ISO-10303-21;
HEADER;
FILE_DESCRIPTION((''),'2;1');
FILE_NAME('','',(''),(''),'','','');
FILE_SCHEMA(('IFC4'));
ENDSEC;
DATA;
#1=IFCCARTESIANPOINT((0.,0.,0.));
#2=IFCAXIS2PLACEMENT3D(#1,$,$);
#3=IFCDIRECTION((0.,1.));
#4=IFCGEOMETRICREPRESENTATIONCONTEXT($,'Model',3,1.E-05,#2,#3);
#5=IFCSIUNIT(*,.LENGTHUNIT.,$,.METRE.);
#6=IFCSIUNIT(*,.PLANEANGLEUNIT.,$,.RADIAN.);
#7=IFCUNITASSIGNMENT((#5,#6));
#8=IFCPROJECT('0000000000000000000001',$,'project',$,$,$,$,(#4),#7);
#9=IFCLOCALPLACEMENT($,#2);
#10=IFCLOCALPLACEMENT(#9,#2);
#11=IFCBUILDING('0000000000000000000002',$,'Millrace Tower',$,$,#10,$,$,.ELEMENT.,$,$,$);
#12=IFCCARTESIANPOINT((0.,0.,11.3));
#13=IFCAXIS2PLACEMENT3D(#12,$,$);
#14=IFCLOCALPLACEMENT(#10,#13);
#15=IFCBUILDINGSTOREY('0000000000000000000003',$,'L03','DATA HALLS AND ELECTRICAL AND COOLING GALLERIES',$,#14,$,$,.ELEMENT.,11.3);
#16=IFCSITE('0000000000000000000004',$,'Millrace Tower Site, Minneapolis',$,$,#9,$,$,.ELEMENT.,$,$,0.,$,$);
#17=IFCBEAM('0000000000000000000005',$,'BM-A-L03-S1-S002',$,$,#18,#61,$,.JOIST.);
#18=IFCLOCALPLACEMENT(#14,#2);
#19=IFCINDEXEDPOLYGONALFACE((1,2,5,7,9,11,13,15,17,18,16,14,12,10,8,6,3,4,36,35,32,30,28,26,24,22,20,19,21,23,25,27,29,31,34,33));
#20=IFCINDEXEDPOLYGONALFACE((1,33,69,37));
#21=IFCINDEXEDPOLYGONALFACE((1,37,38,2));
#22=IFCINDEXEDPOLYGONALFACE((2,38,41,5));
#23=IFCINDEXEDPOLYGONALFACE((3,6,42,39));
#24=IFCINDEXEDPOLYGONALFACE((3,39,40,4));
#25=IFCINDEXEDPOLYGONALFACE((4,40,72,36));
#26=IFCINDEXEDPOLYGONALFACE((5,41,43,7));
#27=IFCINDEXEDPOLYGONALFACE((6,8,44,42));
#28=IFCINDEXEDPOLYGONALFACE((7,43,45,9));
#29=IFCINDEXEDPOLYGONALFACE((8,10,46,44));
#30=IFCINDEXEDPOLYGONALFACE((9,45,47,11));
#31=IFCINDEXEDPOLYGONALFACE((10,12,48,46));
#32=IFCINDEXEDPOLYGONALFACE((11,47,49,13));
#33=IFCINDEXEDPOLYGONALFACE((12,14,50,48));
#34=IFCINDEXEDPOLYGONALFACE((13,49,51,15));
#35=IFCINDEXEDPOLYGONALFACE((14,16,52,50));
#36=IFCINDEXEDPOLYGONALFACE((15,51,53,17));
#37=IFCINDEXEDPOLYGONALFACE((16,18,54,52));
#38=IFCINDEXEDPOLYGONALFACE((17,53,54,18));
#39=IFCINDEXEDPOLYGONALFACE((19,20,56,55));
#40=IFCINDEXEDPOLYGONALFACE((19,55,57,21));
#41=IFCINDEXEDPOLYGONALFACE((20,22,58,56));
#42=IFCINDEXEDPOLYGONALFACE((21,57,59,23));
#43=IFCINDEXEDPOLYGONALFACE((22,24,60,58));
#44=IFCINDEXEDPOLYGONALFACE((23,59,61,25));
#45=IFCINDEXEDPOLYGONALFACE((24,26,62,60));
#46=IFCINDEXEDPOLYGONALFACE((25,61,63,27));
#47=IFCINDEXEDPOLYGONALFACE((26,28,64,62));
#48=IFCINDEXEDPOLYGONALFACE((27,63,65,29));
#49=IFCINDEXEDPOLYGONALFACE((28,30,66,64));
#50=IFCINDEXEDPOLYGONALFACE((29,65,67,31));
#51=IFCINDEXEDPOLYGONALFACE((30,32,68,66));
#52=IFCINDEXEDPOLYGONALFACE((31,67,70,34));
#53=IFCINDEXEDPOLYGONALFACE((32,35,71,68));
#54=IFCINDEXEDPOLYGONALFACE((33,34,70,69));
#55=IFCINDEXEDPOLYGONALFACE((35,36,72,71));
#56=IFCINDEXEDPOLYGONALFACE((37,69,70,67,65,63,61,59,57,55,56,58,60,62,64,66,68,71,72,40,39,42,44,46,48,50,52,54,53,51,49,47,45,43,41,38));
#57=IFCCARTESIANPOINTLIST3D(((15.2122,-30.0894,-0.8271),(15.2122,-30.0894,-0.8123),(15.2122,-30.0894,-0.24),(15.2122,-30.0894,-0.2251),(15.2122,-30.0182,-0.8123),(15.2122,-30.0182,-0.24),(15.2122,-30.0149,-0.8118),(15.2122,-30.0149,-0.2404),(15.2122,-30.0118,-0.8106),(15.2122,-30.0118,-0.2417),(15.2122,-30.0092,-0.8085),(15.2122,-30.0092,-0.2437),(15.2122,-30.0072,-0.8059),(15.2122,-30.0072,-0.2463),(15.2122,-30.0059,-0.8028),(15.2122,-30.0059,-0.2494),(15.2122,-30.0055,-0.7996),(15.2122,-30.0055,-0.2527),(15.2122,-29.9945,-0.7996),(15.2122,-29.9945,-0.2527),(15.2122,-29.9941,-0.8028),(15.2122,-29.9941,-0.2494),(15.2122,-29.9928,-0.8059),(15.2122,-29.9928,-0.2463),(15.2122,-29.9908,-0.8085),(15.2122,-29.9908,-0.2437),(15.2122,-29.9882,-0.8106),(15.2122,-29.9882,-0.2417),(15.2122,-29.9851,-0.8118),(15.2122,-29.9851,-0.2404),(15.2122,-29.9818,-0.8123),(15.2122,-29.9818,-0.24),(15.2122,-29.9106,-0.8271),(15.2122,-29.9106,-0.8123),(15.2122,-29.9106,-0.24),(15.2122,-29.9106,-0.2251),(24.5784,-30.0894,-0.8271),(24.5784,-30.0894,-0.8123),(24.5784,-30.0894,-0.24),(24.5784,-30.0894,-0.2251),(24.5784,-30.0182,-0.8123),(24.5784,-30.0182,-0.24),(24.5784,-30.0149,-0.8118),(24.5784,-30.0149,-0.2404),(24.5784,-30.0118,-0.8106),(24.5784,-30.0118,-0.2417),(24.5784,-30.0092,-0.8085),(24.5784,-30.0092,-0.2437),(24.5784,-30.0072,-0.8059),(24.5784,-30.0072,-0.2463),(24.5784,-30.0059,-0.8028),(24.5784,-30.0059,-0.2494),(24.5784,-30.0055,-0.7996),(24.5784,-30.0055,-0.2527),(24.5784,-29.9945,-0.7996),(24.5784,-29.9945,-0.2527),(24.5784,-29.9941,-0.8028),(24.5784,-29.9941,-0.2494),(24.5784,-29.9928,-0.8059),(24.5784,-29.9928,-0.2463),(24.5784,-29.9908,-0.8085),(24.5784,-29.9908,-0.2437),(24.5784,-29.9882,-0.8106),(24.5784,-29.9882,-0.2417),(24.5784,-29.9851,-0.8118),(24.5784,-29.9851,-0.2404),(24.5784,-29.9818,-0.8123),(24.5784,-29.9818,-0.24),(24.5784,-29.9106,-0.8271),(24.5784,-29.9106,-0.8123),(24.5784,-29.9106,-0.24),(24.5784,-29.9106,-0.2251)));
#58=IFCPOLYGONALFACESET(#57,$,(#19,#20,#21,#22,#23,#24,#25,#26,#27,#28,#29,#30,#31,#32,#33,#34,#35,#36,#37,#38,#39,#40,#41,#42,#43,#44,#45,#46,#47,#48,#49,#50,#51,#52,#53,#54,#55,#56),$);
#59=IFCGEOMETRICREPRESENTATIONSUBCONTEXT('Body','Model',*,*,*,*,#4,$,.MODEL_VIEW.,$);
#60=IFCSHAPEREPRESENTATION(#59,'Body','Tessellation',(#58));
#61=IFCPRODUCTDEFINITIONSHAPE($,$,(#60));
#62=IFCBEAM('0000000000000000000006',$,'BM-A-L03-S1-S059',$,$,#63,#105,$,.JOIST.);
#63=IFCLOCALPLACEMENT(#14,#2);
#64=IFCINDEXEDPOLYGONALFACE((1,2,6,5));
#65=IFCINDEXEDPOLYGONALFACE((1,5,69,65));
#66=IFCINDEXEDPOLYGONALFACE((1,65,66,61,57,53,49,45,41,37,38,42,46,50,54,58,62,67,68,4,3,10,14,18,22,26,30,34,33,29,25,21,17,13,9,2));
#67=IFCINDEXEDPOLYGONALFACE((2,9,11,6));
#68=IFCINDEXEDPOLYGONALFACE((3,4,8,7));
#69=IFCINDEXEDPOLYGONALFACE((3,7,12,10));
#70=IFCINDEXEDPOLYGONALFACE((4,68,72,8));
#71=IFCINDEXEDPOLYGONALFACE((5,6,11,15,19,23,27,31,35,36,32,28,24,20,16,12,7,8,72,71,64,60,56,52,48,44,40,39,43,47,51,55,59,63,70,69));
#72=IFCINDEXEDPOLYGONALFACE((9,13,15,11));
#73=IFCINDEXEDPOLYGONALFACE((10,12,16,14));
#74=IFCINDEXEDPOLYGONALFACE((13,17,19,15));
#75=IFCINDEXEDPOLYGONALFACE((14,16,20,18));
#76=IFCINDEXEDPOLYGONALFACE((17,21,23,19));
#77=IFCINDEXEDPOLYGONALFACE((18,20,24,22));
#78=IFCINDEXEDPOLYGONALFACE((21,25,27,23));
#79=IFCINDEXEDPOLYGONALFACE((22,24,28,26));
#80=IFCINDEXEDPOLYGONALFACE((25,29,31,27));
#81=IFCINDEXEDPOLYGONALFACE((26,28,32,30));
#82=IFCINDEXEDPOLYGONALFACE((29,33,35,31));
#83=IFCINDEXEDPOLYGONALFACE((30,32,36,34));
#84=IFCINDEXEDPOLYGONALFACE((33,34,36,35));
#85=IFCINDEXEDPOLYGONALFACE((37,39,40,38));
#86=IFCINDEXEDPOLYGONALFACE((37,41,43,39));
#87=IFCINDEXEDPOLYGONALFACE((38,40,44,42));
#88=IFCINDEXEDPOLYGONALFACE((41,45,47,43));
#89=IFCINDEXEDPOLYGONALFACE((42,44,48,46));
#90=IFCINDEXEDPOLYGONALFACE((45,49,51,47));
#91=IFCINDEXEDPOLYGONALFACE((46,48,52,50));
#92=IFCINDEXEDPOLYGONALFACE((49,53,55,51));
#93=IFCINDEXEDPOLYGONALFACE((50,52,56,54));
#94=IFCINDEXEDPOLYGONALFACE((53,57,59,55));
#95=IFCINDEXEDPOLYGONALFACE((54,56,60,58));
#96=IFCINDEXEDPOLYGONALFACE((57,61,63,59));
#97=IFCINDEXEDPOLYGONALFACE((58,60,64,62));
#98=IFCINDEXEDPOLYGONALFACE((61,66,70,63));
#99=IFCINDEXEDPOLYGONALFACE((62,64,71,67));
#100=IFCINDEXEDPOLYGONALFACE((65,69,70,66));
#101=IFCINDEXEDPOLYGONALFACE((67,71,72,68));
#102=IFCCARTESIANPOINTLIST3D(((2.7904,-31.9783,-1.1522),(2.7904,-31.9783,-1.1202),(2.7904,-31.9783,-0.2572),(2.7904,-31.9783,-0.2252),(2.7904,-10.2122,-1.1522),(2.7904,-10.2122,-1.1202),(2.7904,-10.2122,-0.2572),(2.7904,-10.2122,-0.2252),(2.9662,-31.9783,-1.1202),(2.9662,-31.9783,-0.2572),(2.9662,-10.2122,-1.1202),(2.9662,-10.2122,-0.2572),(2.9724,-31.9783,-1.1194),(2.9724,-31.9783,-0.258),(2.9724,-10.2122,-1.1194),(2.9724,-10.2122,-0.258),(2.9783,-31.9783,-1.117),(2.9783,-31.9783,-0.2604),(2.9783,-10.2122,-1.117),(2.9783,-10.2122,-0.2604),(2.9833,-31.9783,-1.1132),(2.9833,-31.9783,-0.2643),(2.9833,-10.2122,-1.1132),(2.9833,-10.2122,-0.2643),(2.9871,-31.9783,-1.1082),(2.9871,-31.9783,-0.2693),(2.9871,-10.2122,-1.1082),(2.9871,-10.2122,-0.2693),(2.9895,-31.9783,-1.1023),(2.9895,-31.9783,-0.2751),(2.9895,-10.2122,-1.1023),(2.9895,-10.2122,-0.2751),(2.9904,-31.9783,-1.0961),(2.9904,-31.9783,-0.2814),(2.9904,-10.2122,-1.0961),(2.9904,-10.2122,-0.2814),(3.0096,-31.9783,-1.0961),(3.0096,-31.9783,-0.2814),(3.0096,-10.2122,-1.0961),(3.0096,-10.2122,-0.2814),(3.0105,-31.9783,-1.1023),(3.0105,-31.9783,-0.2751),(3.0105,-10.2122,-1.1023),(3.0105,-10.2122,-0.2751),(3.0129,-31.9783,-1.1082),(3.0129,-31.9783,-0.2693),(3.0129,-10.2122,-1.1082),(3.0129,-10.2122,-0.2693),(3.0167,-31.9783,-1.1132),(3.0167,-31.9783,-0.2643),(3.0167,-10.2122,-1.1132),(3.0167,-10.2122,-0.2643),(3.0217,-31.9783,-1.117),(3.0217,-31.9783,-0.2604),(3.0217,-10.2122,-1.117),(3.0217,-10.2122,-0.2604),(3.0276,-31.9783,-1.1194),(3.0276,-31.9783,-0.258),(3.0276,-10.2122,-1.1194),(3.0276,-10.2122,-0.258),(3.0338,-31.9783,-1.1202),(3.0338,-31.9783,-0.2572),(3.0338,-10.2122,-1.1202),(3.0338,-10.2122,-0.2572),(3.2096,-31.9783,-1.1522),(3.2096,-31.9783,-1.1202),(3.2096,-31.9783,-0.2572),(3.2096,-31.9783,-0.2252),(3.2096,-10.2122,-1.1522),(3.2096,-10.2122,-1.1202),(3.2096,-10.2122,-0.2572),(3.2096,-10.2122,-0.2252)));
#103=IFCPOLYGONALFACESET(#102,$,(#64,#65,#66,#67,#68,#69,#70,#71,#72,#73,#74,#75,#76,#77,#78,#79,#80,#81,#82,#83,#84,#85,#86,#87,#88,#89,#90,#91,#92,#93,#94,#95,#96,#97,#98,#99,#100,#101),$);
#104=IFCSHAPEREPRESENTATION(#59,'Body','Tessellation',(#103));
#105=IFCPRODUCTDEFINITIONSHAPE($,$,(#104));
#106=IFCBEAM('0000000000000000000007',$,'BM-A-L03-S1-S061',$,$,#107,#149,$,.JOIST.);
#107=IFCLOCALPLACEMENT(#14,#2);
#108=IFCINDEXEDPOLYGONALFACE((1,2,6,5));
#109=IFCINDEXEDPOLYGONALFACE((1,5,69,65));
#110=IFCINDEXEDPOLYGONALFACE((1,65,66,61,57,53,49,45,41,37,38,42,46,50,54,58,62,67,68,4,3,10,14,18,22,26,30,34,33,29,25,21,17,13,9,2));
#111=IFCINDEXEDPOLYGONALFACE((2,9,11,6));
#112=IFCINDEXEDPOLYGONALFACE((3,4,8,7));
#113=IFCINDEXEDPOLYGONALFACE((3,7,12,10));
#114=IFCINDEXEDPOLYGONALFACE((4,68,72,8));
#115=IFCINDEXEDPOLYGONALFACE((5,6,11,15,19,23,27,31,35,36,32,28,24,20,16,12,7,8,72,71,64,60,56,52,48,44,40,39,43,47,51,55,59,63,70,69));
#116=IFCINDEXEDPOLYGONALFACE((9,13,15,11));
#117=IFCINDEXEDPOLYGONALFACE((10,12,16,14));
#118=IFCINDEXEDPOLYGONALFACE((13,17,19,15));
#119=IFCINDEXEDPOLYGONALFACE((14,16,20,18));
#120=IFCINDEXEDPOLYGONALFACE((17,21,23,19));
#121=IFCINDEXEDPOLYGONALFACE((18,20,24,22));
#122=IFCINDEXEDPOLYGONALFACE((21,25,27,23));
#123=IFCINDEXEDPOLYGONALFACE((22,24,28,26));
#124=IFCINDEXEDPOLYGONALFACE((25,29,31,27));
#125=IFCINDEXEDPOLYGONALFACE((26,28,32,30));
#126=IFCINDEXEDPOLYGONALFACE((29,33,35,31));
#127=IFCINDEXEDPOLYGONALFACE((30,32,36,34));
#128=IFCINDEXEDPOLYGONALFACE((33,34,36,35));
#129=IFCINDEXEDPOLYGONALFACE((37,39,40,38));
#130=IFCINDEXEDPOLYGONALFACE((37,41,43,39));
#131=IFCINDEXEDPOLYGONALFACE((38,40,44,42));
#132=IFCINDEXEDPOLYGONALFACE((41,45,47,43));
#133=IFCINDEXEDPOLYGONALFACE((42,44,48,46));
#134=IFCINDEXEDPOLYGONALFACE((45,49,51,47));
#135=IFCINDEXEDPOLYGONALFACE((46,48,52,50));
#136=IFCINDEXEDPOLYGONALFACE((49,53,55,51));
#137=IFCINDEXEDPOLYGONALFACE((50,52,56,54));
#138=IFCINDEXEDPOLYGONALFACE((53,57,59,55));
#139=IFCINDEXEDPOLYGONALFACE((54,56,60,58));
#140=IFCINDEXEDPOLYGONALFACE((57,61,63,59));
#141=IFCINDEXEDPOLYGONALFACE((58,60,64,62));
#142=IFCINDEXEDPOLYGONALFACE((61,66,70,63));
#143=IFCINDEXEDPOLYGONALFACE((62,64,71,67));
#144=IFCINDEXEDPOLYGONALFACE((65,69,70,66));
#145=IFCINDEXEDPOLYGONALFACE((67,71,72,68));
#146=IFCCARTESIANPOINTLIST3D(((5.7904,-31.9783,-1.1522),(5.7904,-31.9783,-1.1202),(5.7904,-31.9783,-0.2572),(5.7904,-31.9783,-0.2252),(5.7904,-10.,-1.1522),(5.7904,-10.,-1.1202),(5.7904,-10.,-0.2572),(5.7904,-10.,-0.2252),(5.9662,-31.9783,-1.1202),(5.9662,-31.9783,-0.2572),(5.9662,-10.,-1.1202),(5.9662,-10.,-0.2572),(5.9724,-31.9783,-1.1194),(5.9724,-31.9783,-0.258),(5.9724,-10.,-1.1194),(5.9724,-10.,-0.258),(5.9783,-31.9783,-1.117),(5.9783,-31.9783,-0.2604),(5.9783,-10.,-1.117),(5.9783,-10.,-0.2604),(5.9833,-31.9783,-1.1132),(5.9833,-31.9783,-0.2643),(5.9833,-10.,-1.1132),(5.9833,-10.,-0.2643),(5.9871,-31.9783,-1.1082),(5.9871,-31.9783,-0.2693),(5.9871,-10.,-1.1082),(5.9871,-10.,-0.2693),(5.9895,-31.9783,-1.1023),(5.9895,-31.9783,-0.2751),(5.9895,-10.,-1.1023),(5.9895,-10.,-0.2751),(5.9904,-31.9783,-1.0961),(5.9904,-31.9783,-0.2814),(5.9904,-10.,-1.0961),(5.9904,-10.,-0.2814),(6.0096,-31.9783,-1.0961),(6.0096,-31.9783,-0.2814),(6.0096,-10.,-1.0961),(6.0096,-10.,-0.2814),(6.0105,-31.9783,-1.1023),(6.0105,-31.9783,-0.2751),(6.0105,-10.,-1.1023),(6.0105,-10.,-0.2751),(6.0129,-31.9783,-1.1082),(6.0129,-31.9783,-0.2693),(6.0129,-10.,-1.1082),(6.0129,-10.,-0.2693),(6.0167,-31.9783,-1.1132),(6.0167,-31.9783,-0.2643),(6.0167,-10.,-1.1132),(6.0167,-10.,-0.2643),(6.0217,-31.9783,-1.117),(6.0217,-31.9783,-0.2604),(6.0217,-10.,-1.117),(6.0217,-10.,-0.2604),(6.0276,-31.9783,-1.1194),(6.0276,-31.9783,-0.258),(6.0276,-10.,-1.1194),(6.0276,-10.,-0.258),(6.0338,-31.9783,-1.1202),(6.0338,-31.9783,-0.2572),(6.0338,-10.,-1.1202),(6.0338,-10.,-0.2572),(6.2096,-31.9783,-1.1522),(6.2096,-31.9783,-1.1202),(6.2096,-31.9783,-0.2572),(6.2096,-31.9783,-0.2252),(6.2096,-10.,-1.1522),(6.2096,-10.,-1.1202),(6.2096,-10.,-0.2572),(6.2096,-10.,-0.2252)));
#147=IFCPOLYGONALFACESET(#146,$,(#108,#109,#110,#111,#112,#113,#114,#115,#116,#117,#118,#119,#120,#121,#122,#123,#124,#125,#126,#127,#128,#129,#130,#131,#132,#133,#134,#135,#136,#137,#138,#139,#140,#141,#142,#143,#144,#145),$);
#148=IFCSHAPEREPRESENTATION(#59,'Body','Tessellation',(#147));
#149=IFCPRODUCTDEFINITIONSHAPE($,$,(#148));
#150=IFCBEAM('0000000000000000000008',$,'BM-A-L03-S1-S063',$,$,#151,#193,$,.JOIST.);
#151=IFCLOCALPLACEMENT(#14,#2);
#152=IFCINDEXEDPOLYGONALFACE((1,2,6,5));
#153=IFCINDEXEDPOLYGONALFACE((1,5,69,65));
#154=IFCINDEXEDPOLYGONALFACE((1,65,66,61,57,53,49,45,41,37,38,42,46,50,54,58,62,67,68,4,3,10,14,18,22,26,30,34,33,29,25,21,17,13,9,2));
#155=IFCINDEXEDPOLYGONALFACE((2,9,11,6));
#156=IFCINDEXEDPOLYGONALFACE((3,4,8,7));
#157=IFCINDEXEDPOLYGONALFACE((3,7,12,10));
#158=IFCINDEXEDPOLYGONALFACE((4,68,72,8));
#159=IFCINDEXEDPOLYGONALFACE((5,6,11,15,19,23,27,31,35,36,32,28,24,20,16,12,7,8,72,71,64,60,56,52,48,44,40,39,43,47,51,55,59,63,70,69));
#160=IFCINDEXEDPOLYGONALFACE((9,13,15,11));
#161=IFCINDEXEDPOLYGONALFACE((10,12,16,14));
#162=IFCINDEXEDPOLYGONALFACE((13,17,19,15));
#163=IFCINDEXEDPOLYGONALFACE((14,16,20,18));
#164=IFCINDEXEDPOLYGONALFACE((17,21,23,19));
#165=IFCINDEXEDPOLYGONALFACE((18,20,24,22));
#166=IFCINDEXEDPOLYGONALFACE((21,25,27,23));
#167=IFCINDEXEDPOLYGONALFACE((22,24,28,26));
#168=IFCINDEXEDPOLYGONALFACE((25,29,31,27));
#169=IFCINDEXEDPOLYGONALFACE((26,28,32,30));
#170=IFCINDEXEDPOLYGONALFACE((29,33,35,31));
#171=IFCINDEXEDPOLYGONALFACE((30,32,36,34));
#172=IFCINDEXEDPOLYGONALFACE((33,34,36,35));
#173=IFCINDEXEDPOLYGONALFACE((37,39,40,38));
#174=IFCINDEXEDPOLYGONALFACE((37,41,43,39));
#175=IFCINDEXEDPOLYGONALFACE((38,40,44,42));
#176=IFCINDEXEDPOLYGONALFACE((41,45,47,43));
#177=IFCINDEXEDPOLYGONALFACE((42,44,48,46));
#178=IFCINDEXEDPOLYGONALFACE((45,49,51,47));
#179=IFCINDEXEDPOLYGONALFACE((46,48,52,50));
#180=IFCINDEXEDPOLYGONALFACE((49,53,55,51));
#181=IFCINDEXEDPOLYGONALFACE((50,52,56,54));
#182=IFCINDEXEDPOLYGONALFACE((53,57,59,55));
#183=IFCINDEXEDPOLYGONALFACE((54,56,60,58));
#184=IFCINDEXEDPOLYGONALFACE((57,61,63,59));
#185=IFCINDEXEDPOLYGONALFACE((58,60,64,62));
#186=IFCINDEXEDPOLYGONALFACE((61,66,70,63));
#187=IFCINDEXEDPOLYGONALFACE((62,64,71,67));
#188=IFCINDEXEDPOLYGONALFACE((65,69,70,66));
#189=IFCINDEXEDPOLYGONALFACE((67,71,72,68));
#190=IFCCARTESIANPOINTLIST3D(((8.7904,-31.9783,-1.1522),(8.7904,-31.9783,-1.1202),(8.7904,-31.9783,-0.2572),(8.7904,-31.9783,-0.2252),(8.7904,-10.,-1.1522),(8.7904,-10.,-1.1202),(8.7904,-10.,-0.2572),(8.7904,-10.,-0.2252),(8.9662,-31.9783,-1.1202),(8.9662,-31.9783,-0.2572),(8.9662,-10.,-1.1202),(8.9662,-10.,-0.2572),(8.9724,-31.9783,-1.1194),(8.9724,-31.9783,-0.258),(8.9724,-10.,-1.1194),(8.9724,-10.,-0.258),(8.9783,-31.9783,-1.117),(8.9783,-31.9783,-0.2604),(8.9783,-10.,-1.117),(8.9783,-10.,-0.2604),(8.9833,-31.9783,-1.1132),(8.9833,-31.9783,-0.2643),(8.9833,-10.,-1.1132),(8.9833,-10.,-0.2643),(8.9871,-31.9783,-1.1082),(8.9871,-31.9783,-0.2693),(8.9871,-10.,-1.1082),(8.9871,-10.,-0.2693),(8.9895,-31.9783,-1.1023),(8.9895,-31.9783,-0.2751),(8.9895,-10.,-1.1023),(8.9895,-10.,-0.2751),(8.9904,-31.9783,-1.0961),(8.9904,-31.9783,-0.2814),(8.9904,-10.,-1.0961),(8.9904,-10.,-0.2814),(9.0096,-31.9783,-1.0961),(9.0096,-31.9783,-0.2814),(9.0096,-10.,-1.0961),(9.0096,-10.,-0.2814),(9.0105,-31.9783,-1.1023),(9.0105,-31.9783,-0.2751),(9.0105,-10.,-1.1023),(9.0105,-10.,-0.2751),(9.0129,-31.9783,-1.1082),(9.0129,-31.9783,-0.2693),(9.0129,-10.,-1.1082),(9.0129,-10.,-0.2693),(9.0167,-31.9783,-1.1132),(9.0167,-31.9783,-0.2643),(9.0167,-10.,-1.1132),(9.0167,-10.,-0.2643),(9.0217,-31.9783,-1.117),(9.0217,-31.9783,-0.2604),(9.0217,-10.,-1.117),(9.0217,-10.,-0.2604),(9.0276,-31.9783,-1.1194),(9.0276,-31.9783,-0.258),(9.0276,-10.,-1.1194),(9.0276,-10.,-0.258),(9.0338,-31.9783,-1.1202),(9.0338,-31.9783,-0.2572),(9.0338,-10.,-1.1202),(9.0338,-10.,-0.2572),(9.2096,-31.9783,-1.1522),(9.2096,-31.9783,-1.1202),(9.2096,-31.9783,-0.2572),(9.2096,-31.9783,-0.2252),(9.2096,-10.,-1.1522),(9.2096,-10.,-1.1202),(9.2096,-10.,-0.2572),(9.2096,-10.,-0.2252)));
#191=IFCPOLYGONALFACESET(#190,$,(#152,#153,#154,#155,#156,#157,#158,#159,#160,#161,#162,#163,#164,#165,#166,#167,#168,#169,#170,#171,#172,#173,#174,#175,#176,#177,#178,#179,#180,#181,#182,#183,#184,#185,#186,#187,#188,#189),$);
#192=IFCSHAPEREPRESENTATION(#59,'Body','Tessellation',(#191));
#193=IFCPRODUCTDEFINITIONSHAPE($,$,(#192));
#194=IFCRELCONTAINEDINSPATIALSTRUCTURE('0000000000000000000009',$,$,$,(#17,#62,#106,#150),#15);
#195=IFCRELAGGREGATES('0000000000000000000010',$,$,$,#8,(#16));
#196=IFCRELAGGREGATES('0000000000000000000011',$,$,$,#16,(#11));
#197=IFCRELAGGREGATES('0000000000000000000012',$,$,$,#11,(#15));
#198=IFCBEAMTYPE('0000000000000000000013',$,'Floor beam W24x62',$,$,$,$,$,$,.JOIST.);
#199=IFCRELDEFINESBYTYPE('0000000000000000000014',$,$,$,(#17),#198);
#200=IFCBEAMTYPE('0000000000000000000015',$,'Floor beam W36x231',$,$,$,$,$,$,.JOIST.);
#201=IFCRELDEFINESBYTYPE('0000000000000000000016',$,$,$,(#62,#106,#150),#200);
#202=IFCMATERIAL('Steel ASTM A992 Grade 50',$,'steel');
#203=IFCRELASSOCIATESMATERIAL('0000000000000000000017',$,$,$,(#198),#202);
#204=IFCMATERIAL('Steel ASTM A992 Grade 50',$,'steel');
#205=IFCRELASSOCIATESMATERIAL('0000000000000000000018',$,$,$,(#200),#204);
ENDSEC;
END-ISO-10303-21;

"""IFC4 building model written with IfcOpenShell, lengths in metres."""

from ifc_helpers import new_model, si_unit, direction, frame, origin, origin_2d, place, context, subcontext, project, spatial, i_section, extrude, material, material_profile, profile_set, type_object, element, save


model = new_model("IFC4")

# Units and contexts
model_context = context("Model", 3, precision=1e-05, world=origin(), true_north=direction((0.0, 1.0)))
body_context = subcontext(model_context, "Body", "Model", "MODEL_VIEW")
ifc_project = project(units=[si_unit("LENGTHUNIT", "METRE"), si_unit("PLANEANGLEUNIT", "RADIAN")], contexts=[model_context])

# Site, building, storey
site_placement = place(None, origin())
site = spatial("IfcSite", under=ifc_project, at=site_placement, Name="Millrace Tower Site, Minneapolis", CompositionType="ELEMENT", RefElevation=0.0)
building_placement = place(site_placement, origin())
building = spatial("IfcBuilding", under=site, at=building_placement, Name="Millrace Tower", CompositionType="ELEMENT")
storey_placement = place(building_placement, frame((0.0, 0.0, 11.3)))
storey = spatial("IfcBuildingStorey", under=building, at=storey_placement, Name="L03", Description="DATA HALLS AND ELECTRICAL AND COOLING GALLERIES", CompositionType="ELEMENT", Elevation=11.3)

# Beams
ifc_material_1 = material(Name="Steel ASTM A992 Grade 50", Category="steel")
ifc_material_profile_1 = material_profile(ifc_material_1, i_section(OverallWidth=0.1787, OverallDepth=0.6021, WebThickness=0.011, FlangeThickness=0.0149, FilletRadius=0.0127, at=origin_2d()))
ifc_profile_set_1 = profile_set([ifc_material_profile_1], Name="Steel ASTM A992 Grade 50")
beam_type_1 = type_object("IfcBeamType", Name="Floor beam W24x62", PredefinedType="JOIST", material=ifc_profile_set_1)
beam_1_placement = place(storey_placement, frame((15.2122, -30.0, -0.5261), z_axis=(1.0, 0.0, 0.0), x_axis=(0.0, 1.0, 0.0)))
element("IfcBeam", 1, at=beam_1_placement, inside=storey, type_object=beam_type_1, Name="BM-A-L03-S1-S002", PredefinedType="JOIST", context=body_context, shape_type="SweptSolid", body=[
    extrude(i_section(OverallWidth=0.1787, OverallDepth=0.6021, WebThickness=0.011, FlangeThickness=0.0149, FilletRadius=0.0127, at=origin_2d()), origin(), (0.0, 0.0, 1.0), 9.3662),
])
ifc_material_2 = material(Name="Steel ASTM A992 Grade 50", Category="steel")
ifc_material_profile_2 = material_profile(ifc_material_2, i_section(OverallWidth=0.4192, OverallDepth=0.927, WebThickness=0.0193, FlangeThickness=0.032, FilletRadius=0.0242, at=origin_2d()))
ifc_profile_set_2 = profile_set([ifc_material_profile_2], Name="Steel ASTM A992 Grade 50")
beam_type_2 = type_object("IfcBeamType", Name="Floor beam W36x231", PredefinedType="JOIST", material=ifc_profile_set_2)
beam_2_placement = place(storey_placement, frame((3.0, -31.9783, -0.6887), z_axis=(0.0, 1.0, 0.0), x_axis=(-1.0, 0.0, 0.0)))
element("IfcBeam", 2, at=beam_2_placement, inside=storey, type_object=beam_type_2, Name="BM-A-L03-S1-S059", PredefinedType="JOIST", context=body_context, shape_type="SweptSolid", body=[
    extrude(i_section(OverallWidth=0.4192, OverallDepth=0.927, WebThickness=0.0193, FlangeThickness=0.032, FilletRadius=0.0242, at=origin_2d()), origin(), (0.0, 0.0, 1.0), 21.7661),
])
for number, where, z_axis, x_axis, name in (
    (3, (6.0, -31.9783, -0.6887), (0.0, 1.0, 0.0), (-1.0, 0.0, 0.0), "BM-A-L03-S1-S061"),
    (4, (9.0, -31.9783, -0.6887), (0.0, 1.0, 0.0), (-1.0, 0.0, 0.0), "BM-A-L03-S1-S063"),
):
    element("IfcBeam", number, at=place(storey_placement, frame(where, z_axis=z_axis, x_axis=x_axis)), inside=storey, type_object=beam_type_2, Name=name, PredefinedType="JOIST", context=body_context, shape_type="SweptSolid", body=[
        extrude(i_section(OverallWidth=0.4192, OverallDepth=0.927, WebThickness=0.0193, FlangeThickness=0.032, FilletRadius=0.0242, at=origin_2d()), origin(), (0.0, 0.0, 1.0), 21.9783),
    ])

save(model, "model.ifc")
